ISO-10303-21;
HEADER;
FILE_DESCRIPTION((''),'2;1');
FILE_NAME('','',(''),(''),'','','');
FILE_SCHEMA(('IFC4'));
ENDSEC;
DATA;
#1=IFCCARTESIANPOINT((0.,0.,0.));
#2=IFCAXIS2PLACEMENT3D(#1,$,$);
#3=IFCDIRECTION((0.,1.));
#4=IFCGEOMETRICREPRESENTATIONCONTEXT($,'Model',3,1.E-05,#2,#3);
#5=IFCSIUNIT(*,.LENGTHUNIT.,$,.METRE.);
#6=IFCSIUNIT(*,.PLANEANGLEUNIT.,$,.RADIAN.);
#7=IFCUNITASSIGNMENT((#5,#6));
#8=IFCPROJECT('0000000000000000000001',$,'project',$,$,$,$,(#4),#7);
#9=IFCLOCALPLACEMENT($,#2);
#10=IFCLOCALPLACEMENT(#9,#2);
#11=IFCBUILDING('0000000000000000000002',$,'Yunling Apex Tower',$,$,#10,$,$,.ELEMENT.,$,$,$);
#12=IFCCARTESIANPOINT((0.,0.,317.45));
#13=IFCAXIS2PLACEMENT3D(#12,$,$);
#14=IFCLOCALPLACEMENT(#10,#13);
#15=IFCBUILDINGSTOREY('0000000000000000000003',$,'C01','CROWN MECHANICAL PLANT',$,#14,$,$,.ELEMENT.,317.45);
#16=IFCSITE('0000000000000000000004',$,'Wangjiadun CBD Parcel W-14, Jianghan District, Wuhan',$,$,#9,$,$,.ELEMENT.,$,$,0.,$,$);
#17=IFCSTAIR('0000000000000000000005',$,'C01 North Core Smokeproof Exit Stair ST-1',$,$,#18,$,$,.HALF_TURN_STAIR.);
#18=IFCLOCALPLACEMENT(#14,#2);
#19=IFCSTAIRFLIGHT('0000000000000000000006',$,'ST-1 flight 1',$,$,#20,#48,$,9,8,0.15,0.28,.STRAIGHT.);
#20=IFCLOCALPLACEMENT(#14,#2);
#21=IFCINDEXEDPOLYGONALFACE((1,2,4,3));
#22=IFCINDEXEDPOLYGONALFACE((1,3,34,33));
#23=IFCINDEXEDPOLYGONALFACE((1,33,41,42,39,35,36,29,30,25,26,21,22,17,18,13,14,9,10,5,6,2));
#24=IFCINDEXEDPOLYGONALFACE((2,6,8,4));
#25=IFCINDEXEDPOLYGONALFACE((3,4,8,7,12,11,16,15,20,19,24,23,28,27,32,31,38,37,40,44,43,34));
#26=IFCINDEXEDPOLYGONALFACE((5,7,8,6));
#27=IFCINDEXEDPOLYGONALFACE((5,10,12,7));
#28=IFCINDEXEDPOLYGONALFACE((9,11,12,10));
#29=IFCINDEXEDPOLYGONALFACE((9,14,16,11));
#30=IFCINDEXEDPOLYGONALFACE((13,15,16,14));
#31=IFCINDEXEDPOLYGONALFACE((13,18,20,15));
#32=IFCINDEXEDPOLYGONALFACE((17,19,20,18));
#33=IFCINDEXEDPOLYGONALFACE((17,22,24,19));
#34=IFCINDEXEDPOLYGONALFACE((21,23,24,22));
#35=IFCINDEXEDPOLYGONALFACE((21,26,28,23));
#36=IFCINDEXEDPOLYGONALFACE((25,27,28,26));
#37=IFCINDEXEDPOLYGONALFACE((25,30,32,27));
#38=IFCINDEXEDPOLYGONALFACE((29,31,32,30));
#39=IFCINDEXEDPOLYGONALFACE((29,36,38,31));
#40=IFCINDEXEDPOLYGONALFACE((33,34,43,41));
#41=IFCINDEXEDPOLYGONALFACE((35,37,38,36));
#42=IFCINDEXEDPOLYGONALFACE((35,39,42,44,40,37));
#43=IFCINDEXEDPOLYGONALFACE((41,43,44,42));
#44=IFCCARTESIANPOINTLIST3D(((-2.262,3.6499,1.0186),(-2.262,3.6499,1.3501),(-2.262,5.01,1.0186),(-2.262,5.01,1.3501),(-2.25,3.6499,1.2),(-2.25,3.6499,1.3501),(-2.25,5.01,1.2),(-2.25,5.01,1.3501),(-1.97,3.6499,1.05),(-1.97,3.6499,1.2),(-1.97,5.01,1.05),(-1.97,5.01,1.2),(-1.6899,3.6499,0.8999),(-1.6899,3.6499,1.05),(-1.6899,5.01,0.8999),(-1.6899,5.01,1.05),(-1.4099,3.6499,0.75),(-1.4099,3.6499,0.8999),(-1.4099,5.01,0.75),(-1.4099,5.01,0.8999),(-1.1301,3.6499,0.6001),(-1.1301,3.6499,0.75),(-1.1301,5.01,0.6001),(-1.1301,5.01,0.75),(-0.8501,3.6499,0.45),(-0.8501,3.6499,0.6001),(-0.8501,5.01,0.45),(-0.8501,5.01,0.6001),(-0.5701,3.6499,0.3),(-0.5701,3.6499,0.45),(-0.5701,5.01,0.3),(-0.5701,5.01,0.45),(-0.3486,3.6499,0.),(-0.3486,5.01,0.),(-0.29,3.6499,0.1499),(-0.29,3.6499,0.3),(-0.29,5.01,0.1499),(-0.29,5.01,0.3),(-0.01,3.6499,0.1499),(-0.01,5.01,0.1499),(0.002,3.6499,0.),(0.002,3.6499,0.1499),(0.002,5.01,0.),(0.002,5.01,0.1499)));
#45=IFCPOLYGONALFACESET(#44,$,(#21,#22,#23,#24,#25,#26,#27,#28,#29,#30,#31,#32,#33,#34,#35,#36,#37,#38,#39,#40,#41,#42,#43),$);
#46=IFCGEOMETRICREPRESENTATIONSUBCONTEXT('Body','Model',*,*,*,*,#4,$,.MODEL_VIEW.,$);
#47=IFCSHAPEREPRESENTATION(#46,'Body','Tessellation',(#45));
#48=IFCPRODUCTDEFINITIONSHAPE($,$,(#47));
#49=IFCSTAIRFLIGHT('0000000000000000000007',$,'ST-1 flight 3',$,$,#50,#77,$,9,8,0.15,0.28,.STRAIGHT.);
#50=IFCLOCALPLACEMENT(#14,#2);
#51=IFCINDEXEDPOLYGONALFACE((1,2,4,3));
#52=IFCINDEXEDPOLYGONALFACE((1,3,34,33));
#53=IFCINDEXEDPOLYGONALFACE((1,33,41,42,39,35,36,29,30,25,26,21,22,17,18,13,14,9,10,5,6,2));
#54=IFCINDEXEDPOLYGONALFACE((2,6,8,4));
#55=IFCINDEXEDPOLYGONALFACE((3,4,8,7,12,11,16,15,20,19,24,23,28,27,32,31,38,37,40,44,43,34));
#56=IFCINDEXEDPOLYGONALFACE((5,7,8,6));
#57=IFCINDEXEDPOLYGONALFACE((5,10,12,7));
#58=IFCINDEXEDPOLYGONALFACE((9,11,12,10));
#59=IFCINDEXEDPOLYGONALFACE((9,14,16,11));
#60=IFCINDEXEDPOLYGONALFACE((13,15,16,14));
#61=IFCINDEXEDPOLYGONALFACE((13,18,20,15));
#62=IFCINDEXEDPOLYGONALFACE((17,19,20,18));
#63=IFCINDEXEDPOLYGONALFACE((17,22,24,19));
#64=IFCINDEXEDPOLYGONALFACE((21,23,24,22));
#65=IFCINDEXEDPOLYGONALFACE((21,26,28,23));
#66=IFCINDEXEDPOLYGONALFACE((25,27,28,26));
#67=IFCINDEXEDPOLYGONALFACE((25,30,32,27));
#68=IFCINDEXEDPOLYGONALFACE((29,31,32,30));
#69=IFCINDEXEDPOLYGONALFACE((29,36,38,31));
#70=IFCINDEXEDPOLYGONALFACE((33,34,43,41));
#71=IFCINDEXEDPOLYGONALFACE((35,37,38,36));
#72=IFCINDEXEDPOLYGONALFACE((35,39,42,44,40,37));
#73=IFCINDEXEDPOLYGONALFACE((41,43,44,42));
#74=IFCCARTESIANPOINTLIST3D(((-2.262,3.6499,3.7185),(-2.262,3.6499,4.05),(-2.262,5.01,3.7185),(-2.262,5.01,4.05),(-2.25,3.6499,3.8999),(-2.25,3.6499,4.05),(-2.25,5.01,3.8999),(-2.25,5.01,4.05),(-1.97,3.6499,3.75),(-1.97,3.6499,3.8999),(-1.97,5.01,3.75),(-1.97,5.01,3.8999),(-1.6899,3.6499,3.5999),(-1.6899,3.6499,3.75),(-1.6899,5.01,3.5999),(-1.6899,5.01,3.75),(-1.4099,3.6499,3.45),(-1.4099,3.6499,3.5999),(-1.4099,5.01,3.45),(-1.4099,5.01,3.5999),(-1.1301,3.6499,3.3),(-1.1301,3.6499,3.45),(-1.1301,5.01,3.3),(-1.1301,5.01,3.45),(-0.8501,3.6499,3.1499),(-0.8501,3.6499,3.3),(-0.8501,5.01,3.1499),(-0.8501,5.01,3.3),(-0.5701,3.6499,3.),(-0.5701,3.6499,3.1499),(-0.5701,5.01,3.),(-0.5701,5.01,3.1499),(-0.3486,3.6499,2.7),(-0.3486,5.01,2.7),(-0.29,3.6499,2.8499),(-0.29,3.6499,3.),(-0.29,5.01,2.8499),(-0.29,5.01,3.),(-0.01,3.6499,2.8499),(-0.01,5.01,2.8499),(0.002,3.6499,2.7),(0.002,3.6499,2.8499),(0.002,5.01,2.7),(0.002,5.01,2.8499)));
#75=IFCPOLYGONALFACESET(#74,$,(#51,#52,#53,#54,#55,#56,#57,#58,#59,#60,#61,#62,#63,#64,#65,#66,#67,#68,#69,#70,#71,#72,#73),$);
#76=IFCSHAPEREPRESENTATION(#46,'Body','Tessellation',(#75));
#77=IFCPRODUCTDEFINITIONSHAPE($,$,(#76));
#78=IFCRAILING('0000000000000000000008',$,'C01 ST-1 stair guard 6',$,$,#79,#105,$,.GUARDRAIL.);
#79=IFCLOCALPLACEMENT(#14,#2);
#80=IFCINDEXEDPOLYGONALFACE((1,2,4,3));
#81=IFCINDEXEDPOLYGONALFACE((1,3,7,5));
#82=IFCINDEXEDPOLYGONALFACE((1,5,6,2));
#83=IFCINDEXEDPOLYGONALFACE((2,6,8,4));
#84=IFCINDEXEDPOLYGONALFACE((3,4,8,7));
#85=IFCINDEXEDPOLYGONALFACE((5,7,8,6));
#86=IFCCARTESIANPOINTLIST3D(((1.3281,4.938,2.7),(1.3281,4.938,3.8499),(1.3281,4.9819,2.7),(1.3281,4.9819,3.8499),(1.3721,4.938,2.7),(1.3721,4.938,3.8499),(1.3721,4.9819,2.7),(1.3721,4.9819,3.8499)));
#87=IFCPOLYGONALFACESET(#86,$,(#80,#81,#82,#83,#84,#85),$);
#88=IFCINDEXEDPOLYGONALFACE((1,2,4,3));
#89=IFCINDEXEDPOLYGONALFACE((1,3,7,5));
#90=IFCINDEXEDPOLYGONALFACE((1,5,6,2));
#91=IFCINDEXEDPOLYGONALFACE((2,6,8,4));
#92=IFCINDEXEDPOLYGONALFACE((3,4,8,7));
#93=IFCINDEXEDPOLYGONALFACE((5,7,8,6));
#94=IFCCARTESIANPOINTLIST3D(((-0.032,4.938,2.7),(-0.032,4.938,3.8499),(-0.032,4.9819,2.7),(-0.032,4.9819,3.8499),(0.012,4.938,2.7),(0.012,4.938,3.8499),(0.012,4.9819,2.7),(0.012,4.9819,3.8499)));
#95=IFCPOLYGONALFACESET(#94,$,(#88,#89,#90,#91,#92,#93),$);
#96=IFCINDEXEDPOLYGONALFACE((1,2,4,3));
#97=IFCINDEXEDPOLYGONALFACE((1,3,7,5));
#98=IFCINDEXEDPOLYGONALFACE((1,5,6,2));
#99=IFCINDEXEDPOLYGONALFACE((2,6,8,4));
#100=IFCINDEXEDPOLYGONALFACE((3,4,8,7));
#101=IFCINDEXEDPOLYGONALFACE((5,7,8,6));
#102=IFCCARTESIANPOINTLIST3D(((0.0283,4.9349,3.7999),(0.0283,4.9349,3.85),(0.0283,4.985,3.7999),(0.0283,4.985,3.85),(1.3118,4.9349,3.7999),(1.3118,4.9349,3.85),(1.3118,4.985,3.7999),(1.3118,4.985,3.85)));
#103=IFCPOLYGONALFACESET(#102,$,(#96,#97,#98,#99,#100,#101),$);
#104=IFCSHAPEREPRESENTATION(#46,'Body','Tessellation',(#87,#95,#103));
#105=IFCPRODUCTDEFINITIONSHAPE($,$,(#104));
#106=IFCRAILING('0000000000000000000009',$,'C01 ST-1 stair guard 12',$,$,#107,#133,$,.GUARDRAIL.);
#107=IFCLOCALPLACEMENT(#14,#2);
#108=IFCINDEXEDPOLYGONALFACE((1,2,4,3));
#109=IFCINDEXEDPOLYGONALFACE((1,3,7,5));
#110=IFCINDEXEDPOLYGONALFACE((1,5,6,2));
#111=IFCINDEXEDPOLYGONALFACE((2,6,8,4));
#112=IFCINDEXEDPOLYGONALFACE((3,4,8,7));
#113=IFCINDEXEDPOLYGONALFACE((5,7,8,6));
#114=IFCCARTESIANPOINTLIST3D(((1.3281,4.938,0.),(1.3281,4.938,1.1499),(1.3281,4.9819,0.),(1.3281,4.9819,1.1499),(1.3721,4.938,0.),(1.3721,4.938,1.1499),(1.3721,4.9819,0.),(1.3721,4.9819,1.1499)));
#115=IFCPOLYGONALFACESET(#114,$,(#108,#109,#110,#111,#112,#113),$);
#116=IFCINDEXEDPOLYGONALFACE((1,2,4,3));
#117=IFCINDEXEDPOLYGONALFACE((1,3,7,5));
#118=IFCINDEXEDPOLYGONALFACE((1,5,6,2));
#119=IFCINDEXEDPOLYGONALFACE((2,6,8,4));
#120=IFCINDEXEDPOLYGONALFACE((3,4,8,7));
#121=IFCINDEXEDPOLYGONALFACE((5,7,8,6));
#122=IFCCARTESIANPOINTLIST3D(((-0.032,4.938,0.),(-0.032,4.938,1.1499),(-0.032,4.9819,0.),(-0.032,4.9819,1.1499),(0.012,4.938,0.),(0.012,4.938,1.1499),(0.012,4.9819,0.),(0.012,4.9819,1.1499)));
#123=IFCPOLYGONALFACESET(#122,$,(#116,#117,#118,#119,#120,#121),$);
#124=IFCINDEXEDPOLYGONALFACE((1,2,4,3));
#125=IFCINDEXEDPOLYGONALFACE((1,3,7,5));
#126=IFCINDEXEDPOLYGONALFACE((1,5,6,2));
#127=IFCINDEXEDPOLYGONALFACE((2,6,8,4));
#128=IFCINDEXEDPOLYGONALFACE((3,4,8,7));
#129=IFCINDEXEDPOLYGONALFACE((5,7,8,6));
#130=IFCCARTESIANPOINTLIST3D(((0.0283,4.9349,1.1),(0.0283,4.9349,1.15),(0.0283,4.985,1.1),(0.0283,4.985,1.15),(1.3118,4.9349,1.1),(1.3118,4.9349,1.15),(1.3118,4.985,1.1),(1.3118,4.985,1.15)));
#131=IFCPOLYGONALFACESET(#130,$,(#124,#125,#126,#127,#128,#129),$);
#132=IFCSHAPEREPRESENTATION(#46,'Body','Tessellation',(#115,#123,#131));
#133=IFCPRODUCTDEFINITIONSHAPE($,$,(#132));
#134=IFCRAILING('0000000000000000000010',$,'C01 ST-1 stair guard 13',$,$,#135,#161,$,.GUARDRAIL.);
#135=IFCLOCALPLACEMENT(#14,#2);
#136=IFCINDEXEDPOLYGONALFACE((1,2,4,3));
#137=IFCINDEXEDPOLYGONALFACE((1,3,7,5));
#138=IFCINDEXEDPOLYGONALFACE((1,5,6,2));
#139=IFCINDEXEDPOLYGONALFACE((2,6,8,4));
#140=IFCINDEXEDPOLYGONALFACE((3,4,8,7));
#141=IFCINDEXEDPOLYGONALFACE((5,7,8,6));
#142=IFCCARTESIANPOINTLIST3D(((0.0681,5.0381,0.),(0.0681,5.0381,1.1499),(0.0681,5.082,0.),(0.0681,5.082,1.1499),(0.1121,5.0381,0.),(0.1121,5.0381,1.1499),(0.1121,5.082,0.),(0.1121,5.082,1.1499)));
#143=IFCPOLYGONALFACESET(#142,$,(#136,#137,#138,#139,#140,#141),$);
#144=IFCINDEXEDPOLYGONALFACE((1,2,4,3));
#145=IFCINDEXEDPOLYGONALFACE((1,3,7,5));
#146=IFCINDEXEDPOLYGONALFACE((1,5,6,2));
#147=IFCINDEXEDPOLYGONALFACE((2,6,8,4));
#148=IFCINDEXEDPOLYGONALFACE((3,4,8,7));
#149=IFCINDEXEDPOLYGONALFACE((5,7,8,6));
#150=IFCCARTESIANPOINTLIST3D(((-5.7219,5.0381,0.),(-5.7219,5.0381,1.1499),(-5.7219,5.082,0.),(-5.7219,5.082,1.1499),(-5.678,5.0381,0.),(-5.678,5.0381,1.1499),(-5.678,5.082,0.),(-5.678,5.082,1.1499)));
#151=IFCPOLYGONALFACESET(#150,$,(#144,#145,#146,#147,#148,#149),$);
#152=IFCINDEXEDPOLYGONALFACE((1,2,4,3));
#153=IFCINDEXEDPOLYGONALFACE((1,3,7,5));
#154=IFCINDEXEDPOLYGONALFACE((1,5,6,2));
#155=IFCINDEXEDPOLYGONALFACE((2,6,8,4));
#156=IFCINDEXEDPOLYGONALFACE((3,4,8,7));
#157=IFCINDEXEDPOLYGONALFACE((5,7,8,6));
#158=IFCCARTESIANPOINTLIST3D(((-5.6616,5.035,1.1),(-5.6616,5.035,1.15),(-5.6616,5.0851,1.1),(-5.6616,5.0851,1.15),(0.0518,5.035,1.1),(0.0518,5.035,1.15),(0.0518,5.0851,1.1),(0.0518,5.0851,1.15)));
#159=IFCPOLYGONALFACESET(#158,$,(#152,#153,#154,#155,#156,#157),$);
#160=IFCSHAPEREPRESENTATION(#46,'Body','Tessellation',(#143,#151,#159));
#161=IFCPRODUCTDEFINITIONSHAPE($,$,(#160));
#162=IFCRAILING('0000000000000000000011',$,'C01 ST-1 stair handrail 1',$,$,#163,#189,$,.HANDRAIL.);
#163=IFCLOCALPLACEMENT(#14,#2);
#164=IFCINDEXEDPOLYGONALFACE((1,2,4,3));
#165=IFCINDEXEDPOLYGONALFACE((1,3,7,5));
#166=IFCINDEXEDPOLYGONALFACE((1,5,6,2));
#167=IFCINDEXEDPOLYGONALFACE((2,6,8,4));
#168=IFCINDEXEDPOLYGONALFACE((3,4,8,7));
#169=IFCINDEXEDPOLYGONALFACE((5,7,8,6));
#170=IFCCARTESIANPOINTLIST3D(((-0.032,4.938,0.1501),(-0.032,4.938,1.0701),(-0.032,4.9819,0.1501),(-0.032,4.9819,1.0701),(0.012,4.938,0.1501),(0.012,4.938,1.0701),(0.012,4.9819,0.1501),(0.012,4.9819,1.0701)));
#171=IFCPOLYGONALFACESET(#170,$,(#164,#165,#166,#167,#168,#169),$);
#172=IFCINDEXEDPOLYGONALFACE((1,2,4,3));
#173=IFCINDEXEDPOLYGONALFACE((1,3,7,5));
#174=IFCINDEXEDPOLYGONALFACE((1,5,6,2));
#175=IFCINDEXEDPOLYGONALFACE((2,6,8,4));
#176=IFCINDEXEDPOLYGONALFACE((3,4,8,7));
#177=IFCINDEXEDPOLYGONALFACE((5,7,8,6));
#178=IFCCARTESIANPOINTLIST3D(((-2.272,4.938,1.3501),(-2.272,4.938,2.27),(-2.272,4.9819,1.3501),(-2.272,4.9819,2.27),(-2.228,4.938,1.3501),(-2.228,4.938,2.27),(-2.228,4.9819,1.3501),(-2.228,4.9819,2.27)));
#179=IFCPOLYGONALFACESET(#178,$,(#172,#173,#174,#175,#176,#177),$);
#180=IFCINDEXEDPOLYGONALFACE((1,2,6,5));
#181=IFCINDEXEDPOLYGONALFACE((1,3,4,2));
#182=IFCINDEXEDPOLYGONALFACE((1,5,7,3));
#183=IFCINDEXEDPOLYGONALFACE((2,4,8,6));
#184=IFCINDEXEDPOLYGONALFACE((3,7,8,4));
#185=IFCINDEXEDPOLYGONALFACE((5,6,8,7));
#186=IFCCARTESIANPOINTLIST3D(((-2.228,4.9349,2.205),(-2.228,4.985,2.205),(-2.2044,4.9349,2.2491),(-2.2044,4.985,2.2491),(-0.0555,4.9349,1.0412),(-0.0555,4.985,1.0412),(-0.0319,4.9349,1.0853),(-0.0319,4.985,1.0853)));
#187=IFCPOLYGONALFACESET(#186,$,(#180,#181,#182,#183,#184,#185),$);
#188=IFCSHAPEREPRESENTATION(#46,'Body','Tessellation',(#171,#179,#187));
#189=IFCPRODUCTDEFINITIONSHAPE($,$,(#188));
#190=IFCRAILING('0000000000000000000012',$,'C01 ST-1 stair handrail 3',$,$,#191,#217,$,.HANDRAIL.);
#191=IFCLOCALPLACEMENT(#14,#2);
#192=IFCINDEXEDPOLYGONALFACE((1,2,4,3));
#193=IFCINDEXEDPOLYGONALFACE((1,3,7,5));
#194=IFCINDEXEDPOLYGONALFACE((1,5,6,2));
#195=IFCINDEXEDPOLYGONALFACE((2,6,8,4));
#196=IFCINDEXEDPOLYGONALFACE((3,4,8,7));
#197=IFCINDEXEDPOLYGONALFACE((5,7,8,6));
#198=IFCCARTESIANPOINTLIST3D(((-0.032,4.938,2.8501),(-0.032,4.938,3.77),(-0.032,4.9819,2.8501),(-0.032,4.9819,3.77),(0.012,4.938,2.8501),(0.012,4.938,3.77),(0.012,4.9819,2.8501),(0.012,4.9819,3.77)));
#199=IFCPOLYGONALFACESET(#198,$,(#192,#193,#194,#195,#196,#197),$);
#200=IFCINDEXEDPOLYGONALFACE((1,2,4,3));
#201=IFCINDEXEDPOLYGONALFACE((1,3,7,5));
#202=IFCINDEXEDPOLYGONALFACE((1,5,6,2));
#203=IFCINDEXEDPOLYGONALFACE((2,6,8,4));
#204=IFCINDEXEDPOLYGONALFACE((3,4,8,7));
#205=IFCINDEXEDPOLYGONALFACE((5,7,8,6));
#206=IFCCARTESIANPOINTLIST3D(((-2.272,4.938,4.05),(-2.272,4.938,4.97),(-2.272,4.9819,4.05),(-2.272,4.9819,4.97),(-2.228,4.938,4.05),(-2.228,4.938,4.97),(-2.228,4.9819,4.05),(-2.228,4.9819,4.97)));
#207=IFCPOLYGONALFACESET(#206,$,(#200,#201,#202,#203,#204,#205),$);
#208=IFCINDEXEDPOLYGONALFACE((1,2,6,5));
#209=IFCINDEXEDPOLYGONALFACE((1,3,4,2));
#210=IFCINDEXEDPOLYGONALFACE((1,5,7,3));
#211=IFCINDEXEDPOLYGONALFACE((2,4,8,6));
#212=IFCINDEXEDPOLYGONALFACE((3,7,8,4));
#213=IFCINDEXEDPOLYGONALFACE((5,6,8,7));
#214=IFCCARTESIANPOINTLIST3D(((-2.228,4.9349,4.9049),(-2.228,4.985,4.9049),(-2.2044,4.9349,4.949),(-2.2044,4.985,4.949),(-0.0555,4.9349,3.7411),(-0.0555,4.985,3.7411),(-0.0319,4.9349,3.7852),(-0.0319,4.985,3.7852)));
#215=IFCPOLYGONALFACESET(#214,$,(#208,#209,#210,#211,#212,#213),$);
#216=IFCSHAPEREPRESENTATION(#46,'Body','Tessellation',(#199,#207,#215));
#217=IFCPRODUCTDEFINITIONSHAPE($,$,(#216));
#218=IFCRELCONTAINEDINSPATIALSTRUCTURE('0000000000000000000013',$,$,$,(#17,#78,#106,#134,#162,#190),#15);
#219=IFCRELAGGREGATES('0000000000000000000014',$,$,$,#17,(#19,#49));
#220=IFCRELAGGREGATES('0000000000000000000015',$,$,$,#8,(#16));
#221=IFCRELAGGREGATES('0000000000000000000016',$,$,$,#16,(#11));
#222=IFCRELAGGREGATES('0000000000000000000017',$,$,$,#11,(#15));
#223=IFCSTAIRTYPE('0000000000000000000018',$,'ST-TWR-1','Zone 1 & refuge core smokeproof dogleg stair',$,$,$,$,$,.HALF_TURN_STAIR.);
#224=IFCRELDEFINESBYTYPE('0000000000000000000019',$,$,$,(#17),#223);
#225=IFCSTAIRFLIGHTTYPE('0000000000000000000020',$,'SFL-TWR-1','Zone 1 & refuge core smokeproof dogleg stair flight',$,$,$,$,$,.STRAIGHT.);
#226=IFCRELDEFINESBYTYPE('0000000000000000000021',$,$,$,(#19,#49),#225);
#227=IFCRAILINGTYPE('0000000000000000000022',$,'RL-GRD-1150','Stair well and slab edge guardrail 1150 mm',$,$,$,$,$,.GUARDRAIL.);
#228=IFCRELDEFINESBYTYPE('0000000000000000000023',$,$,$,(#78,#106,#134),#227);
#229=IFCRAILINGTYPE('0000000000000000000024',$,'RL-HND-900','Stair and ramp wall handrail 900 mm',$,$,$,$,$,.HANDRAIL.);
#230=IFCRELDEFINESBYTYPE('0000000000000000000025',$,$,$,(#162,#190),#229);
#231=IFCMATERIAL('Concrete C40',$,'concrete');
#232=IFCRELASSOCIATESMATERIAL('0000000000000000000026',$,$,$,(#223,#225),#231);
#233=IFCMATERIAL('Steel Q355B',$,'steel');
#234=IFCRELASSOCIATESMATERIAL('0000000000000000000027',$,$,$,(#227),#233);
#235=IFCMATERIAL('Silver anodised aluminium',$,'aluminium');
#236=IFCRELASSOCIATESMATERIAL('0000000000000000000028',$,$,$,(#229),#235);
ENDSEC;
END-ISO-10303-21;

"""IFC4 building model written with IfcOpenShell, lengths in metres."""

from ifc_helpers import new_model, si_unit, direction, frame, origin, origin_2d, place, context, subcontext, project, spatial, polyline, rectangle, outline, extrude, material, type_object, element, aggregate, save


model = new_model("IFC4")

# Units and contexts
model_context = context("Model", 3, precision=1e-05, world=origin(), true_north=direction((0.0, 1.0)))
body_context = subcontext(model_context, "Body", "Model", "MODEL_VIEW")
ifc_project = project(units=[si_unit("LENGTHUNIT", "METRE"), si_unit("PLANEANGLEUNIT", "RADIAN")], contexts=[model_context])

# Site, building, storey
site_placement = place(None, origin())
site = spatial("IfcSite", under=ifc_project, at=site_placement, Name="Wangjiadun CBD Parcel W-14, Jianghan District, Wuhan", CompositionType="ELEMENT", RefElevation=0.0)
building_placement = place(site_placement, origin())
building = spatial("IfcBuilding", under=site, at=building_placement, Name="Yunling Apex Tower", CompositionType="ELEMENT")
storey_placement = place(building_placement, frame((0.0, 0.0, 317.45)))
storey = spatial("IfcBuildingStorey", under=building, at=storey_placement, Name="C01", Description="CROWN MECHANICAL PLANT", CompositionType="ELEMENT", Elevation=317.45)

# Shared definitions
ifc_material_1 = material(Name="Steel Q355B", Category="steel")

# Shared definitions
ifc_material_2 = material(Name="Concrete C40", Category="concrete")

# Stair, stair flights
stair_type = type_object("IfcStairType", Name="ST-TWR-1", Description="Zone 1 & refuge core smokeproof dogleg stair", PredefinedType="HALF_TURN_STAIR", material=ifc_material_2)
stair_placement = place(storey_placement, origin())
stair = element("IfcStair", 1, at=stair_placement, inside=storey, type_object=stair_type, Name="C01 North Core Smokeproof Exit Stair ST-1", PredefinedType="HALF_TURN_STAIR")
stair_flight_type = type_object("IfcStairFlightType", Name="SFL-TWR-1", Description="Zone 1 & refuge core smokeproof dogleg stair flight", PredefinedType="STRAIGHT", material=ifc_material_2)
stair_flight_1_placement = place(storey_placement, frame((-0.01, 4.3301, 0.0), z_axis=(0.0, 0.0, 1.0), x_axis=(-1.0, 0.0, 0.0)))
stair_flight_1 = element("IfcStairFlight", 2, at=stair_flight_1_placement, type_object=stair_flight_type, Name="ST-1 flight 1", NumberOfRisers=9, NumberOfTreads=8, PredefinedType="STRAIGHT", RiserHeight=0.15, TreadLength=0.28, context=body_context, shape_type="SweptSolid", body=[
    extrude(outline(polyline([(-0.012, 0.0), (-0.012, 0.1499), (0.0, 0.1499), (0.28, 0.1499), (0.28, 0.3), (0.5601, 0.3), (0.5601, 0.45), (0.8401, 0.45), (0.8401, 0.6001), (1.1201, 0.6001), (1.1201, 0.75), (1.3999, 0.75), (1.3999, 0.8999), (1.6799, 0.8999), (1.6799, 1.05), (1.96, 1.05), (1.96, 1.2), (2.24, 1.2), (2.24, 1.3501), (2.252, 1.3501), (2.252, 1.0186), (0.3386, 0.0), (-0.012, 0.0)])), frame((0.0, 0.6802, 0.0), z_axis=(0.0, -1.0, 0.0), x_axis=(1.0, 0.0, 0.0)), (0.0, 0.0, 1.0), 1.3601),
])
stair_flight_2_placement = place(storey_placement, frame((-0.01, 4.3301, 2.7), z_axis=(0.0, 0.0, 1.0), x_axis=(-1.0, 0.0, 0.0)))
stair_flight_2 = element("IfcStairFlight", 3, at=stair_flight_2_placement, type_object=stair_flight_type, Name="ST-1 flight 3", NumberOfRisers=9, NumberOfTreads=8, PredefinedType="STRAIGHT", RiserHeight=0.15, TreadLength=0.28, context=body_context, shape_type="SweptSolid", body=[
    extrude(outline(polyline([(-0.012, 0.0), (-0.012, 0.1499), (0.0, 0.1499), (0.28, 0.1499), (0.28, 0.3), (0.5601, 0.3), (0.5601, 0.45), (0.8401, 0.45), (0.8401, 0.6001), (1.1201, 0.6001), (1.1201, 0.75), (1.3999, 0.75), (1.3999, 0.8999), (1.6799, 0.8999), (1.6799, 1.05), (1.96, 1.05), (1.96, 1.2), (2.24, 1.2), (2.24, 1.3501), (2.252, 1.3501), (2.252, 1.0186), (0.3386, 0.0), (-0.012, 0.0)])), frame((0.0, 0.6802, 0.0), z_axis=(0.0, -1.0, 0.0), x_axis=(1.0, 0.0, 0.0)), (0.0, 0.0, 1.0), 1.3601),
])
aggregate(stair, [stair_flight_1, stair_flight_2])

# Railings
railing_type_1 = type_object("IfcRailingType", Name="RL-GRD-1150", Description="Stair well and slab edge guardrail 1150 mm", PredefinedType="GUARDRAIL", material=ifc_material_1)
for number, where, name in (
    (4, (1.3501, 4.96, 2.7), "C01 ST-1 stair guard 6"),
    (5, (1.3501, 4.96, 0.0), "C01 ST-1 stair guard 12"),
):
    element("IfcRailing", number, at=place(storey_placement, frame(where)), inside=storey, type_object=railing_type_1, Name=name, PredefinedType="GUARDRAIL", context=body_context, shape_type="SweptSolid", body=[
        extrude(rectangle(XDim=0.0439, YDim=0.0439, at=origin_2d()), origin(), (0.0, 0.0, 1.0), 1.1499),
        extrude(rectangle(XDim=0.0439, YDim=0.0439, at=origin_2d()), frame((-1.3601, 0.0, 0.0)), (0.0, 0.0, 1.0), 1.1499),
        extrude(rectangle(XDim=0.05, YDim=0.05, at=origin_2d()), frame((-0.0383, 0.0, 1.125), z_axis=(-1.0, 0.0, 0.0), x_axis=(0.0, -1.0, 0.0)), (0.0, 0.0, 1.0), 1.2834),
    ])
railing_placement = place(storey_placement, frame((0.0901, 5.0601, 0.0)))
element("IfcRailing", 6, at=railing_placement, inside=storey, type_object=railing_type_1, Name="C01 ST-1 stair guard 13", PredefinedType="GUARDRAIL", context=body_context, shape_type="SweptSolid", body=[
    extrude(rectangle(XDim=0.0439, YDim=0.0439, at=origin_2d()), origin(), (0.0, 0.0, 1.0), 1.1499),
    extrude(rectangle(XDim=0.0439, YDim=0.0439, at=origin_2d()), frame((-5.79, 0.0, 0.0)), (0.0, 0.0, 1.0), 1.1499),
    extrude(rectangle(XDim=0.05, YDim=0.05, at=origin_2d()), frame((-0.0383, 0.0, 1.125), z_axis=(-1.0, 0.0, 0.0), x_axis=(0.0, -1.0, 0.0)), (0.0, 0.0, 1.0), 5.7134),
])
ifc_material_3 = material(Name="Silver anodised aluminium", Category="aluminium")
railing_type_2 = type_object("IfcRailingType", Name="RL-HND-900", Description="Stair and ramp wall handrail 900 mm", PredefinedType="HANDRAIL", material=ifc_material_3)
for number, where, name in (
    (7, (-0.01, 4.96, 0.1501), "C01 ST-1 stair handrail 1"),
    (8, (-0.01, 4.96, 2.8501), "C01 ST-1 stair handrail 3"),
):
    element("IfcRailing", number, at=place(storey_placement, frame(where)), inside=storey, type_object=railing_type_2, Name=name, PredefinedType="HANDRAIL", context=body_context, shape_type="SweptSolid", body=[
        extrude(rectangle(XDim=0.0439, YDim=0.0439, at=origin_2d()), origin(), (0.0, 0.0, 1.0), 0.9199),
        extrude(rectangle(XDim=0.0439, YDim=0.0439, at=origin_2d()), frame((-2.24, 0.0, 1.2)), (0.0, 0.0, 1.0), 0.9199),
        extrude(rectangle(XDim=0.05, YDim=0.05, at=origin_2d()), frame((-0.0337, 0.0, 0.9131), z_axis=(-0.881487, 0.0, 0.472208), x_axis=(0.0, -1.0, 0.0)), (0.0, 0.0, 1.0), 2.4646),
    ])

save(model, "model.ifc")
